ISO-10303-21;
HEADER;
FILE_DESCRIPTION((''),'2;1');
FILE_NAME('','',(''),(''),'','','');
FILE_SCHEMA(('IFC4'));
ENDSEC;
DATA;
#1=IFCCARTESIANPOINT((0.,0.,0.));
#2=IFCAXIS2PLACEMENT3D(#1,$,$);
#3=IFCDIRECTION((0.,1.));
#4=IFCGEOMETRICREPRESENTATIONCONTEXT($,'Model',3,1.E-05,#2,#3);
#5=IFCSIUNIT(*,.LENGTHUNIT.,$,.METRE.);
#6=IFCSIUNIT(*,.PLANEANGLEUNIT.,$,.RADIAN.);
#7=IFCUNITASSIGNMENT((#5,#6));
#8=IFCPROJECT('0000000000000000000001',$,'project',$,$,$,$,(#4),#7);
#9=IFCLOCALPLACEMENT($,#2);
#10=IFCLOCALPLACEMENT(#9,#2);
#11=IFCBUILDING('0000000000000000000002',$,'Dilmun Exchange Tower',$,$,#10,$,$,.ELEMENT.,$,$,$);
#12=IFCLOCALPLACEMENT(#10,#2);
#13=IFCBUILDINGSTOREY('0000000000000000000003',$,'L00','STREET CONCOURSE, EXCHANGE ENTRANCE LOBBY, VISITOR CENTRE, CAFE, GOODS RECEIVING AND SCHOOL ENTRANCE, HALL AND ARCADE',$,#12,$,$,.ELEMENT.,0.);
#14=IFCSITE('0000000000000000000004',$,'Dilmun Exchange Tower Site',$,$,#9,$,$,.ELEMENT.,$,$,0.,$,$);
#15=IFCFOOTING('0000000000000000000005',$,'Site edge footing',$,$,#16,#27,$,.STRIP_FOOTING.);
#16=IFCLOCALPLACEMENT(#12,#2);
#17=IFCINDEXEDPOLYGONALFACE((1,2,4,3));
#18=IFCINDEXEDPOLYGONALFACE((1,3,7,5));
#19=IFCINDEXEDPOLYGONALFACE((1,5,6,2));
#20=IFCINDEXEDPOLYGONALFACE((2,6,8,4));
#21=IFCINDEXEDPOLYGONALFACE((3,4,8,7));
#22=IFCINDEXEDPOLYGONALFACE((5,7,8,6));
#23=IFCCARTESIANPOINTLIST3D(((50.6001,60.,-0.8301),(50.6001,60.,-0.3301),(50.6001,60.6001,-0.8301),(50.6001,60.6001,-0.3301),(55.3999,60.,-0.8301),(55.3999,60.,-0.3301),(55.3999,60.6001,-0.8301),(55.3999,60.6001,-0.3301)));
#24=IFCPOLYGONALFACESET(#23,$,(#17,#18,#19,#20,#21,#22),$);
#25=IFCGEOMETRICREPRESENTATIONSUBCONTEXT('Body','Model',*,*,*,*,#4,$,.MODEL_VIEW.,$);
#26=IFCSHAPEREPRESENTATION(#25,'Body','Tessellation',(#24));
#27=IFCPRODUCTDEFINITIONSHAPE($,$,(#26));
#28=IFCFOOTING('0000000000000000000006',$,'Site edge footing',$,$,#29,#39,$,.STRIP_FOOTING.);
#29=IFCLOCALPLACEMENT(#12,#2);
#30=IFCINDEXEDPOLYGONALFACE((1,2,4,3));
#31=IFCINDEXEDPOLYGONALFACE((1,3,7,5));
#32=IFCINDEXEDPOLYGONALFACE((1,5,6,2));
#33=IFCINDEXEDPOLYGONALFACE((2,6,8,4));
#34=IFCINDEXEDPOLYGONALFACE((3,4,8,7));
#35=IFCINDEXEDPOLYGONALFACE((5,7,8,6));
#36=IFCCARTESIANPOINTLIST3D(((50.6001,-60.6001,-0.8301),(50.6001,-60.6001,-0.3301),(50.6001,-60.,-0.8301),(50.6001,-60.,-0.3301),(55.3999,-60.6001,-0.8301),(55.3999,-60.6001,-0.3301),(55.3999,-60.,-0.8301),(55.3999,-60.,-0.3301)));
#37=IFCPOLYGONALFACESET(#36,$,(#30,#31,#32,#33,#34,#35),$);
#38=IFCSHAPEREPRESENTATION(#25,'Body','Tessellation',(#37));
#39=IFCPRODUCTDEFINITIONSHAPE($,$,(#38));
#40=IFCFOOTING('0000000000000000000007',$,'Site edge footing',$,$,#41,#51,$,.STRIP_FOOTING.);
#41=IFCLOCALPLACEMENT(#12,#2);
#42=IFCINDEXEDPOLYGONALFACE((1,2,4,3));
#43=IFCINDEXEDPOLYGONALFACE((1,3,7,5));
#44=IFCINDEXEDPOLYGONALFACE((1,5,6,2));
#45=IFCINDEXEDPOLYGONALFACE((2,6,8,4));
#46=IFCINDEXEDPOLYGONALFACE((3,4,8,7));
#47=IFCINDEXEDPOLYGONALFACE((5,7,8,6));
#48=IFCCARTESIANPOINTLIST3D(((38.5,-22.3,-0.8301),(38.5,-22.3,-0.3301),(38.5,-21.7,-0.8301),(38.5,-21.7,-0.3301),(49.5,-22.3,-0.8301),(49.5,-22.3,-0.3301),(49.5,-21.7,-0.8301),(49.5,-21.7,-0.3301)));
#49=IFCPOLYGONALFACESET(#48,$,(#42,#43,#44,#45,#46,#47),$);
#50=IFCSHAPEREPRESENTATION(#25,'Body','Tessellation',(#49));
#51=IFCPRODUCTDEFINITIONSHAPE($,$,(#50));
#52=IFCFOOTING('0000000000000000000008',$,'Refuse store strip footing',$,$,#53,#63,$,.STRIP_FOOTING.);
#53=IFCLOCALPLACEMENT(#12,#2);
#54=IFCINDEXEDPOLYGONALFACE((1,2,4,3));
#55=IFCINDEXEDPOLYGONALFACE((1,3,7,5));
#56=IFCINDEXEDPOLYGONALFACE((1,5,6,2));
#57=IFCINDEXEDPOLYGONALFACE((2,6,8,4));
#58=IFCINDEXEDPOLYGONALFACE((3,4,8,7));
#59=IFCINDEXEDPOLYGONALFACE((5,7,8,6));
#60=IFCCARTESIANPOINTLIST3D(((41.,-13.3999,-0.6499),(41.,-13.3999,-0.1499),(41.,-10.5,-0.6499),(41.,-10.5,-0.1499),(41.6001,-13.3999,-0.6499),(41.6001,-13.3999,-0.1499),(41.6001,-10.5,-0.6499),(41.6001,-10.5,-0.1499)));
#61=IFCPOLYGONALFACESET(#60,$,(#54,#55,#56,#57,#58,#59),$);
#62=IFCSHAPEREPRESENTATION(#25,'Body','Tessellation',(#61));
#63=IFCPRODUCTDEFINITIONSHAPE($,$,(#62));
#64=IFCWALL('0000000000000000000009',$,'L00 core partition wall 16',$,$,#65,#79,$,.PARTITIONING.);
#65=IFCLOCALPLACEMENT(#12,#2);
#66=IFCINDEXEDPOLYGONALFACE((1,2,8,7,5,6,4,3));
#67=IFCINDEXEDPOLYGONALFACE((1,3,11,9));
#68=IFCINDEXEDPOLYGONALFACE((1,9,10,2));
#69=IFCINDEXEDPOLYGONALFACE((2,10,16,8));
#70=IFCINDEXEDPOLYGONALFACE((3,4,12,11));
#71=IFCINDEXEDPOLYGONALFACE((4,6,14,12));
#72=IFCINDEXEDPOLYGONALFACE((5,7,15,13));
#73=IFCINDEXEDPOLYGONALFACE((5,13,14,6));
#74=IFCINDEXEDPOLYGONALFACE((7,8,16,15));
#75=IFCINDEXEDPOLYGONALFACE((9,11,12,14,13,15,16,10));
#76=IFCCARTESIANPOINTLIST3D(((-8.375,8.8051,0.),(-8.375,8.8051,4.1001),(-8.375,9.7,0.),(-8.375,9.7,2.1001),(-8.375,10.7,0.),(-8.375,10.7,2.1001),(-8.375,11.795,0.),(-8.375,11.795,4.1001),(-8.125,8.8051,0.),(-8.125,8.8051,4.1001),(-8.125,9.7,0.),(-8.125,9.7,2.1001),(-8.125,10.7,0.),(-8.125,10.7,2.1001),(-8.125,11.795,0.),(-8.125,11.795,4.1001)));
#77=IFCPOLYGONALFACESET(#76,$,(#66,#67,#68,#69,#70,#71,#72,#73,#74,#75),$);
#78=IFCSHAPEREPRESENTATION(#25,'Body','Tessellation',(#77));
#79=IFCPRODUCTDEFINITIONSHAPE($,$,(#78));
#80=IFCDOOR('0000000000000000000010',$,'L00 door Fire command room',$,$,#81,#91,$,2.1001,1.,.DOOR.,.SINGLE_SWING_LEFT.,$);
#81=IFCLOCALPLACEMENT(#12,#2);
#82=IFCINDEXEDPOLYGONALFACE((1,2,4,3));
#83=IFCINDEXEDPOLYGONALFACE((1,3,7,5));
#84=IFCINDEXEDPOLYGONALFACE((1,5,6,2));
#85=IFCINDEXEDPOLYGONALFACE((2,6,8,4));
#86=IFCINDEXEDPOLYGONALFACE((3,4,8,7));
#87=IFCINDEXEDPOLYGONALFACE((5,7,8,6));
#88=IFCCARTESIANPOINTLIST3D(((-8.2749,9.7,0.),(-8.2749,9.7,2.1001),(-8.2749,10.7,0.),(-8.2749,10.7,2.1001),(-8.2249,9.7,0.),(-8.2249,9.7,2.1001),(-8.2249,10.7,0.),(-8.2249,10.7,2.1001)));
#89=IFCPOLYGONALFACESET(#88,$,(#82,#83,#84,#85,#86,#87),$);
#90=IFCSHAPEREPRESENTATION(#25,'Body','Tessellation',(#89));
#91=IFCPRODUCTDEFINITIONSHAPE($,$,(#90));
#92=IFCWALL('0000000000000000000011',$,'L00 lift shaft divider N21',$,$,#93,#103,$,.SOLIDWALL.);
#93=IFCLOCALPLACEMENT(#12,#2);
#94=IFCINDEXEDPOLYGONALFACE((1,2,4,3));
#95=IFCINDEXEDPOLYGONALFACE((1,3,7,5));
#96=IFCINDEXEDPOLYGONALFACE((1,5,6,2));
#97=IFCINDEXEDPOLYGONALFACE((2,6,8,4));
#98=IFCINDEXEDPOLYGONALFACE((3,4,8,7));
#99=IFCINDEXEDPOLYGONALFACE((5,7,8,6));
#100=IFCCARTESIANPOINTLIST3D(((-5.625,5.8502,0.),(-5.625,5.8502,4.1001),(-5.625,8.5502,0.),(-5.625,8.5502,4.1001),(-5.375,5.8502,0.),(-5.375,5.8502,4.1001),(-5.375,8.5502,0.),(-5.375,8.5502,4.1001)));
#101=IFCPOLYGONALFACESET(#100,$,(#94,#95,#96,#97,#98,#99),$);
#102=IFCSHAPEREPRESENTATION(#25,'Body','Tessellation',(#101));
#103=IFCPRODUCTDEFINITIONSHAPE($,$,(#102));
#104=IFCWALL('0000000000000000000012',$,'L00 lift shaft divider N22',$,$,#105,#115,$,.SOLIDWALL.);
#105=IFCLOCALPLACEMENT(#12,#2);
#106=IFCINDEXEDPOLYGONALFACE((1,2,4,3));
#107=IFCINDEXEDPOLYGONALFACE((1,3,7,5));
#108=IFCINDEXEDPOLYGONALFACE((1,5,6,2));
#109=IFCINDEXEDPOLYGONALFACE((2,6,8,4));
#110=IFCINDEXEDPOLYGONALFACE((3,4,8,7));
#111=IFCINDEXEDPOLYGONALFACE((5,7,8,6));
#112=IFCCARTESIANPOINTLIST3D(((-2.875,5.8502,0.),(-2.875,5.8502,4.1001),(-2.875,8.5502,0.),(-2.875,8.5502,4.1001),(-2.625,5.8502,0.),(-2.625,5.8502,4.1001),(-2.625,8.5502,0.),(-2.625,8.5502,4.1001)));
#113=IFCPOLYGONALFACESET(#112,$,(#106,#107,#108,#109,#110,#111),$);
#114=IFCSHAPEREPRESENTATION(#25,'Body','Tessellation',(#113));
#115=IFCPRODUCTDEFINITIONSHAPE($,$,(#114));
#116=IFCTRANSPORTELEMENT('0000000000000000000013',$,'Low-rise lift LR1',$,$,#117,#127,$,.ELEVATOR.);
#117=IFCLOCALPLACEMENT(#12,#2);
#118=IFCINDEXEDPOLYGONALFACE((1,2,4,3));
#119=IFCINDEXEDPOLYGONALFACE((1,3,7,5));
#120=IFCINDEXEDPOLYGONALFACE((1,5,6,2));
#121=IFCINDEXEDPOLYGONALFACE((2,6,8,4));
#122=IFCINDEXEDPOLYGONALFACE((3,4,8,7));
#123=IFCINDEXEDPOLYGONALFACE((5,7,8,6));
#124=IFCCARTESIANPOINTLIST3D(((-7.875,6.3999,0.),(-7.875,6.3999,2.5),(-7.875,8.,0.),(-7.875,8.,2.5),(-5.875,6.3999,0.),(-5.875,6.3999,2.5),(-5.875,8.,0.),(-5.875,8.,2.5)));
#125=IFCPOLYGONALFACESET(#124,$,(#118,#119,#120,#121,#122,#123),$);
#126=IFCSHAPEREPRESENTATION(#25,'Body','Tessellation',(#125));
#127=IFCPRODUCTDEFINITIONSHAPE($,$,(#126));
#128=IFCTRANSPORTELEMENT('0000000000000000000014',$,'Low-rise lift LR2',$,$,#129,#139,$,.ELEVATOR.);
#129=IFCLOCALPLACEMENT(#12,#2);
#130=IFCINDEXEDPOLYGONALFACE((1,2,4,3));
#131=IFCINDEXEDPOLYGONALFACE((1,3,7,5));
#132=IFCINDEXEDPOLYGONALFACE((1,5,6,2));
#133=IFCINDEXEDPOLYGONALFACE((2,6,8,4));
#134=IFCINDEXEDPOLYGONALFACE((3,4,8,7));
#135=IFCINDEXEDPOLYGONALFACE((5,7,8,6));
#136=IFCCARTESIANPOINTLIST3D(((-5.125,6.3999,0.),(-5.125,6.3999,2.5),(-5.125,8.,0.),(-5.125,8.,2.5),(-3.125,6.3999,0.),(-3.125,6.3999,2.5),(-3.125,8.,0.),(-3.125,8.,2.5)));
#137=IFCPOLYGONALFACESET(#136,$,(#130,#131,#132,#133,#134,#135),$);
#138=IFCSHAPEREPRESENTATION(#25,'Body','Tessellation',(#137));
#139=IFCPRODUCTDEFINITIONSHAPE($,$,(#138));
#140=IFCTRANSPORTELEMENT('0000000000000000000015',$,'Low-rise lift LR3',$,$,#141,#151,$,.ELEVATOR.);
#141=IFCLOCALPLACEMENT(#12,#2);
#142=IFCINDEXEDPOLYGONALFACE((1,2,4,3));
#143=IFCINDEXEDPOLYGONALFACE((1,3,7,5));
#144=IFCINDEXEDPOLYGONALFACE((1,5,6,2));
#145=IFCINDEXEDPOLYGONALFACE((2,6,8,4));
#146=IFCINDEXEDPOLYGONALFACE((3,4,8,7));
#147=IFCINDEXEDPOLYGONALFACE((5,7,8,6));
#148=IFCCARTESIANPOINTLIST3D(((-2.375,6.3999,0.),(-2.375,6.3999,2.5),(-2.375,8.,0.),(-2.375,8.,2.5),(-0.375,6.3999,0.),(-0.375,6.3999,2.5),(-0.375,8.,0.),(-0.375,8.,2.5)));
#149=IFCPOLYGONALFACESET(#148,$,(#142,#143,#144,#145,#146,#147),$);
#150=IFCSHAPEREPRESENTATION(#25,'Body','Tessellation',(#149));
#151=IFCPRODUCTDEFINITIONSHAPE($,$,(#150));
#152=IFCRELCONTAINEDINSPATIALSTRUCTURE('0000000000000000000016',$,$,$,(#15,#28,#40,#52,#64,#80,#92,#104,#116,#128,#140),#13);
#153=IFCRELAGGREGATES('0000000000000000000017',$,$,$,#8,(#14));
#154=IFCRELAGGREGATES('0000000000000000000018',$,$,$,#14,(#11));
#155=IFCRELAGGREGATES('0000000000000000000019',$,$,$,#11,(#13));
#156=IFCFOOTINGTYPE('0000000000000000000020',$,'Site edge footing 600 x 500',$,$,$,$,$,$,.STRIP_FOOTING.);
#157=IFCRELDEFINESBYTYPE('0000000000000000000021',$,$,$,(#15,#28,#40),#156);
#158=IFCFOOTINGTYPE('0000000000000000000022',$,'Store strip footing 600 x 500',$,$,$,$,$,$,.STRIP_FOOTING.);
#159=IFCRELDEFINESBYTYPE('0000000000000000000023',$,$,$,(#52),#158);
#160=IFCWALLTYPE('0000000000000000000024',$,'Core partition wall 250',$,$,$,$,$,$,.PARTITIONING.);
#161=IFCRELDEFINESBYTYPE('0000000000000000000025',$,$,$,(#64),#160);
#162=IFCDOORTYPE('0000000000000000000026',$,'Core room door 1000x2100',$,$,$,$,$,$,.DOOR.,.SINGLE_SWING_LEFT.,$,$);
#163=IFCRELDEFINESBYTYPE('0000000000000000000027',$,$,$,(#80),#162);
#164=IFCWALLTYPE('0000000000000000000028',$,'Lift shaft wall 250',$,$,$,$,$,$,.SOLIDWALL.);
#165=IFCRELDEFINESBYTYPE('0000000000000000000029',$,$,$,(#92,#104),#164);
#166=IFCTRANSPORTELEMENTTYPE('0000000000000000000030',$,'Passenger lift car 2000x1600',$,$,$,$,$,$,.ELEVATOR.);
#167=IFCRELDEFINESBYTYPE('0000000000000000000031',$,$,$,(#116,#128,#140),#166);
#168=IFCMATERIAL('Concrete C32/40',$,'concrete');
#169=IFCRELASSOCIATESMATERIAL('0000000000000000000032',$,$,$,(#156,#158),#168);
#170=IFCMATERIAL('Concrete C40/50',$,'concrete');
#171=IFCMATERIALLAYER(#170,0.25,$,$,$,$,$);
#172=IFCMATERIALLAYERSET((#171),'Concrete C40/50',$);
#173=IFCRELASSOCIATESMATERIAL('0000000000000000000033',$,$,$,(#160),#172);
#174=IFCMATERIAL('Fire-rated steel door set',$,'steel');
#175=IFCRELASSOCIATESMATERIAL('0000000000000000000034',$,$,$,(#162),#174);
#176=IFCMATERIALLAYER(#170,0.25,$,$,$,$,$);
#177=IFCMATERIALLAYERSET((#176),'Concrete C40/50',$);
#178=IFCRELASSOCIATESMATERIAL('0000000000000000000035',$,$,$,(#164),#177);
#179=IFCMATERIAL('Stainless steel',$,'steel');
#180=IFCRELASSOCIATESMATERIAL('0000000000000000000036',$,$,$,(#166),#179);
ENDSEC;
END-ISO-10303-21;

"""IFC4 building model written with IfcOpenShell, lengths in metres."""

from ifc_helpers import new_model, si_unit, direction, frame, frame_2d, origin, origin_2d, place, context, subcontext, project, spatial, polyline, rectangle, outline, extrude, material, layer, layer_set, type_object, element, fill, save


model = new_model("IFC4")

# Units and contexts
model_context = context("Model", 3, precision=1e-05, world=origin(), true_north=direction((0.0, 1.0)))
body_context = subcontext(model_context, "Body", "Model", "MODEL_VIEW")
ifc_project = project(units=[si_unit("LENGTHUNIT", "METRE"), si_unit("PLANEANGLEUNIT", "RADIAN")], contexts=[model_context])

# Site, building, storey
site_placement = place(None, origin())
site = spatial("IfcSite", under=ifc_project, at=site_placement, Name="Dilmun Exchange Tower Site", CompositionType="ELEMENT", RefElevation=0.0)
building_placement = place(site_placement, origin())
building = spatial("IfcBuilding", under=site, at=building_placement, Name="Dilmun Exchange Tower", CompositionType="ELEMENT")
storey_placement = place(building_placement, origin())
storey = spatial("IfcBuildingStorey", under=building, at=storey_placement, Name="L00", Description="STREET CONCOURSE, EXCHANGE ENTRANCE LOBBY, VISITOR CENTRE, CAFE, GOODS RECEIVING AND SCHOOL ENTRANCE, HALL AND ARCADE", CompositionType="ELEMENT", Elevation=0.0)

# Footings
ifc_material_1 = material(Name="Concrete C32/40", Category="concrete")
footing_type_1 = type_object("IfcFootingType", Name="Site edge footing 600 x 500", PredefinedType="STRIP_FOOTING", material=ifc_material_1)
footing_1_placement = place(storey_placement, frame((0.0, 0.0, -0.8301)))
element("IfcFooting", 1, at=footing_1_placement, inside=storey, type_object=footing_type_1, Name="Site edge footing", PredefinedType="STRIP_FOOTING", context=body_context, shape_type="SweptSolid", body=[
    extrude(outline(polyline([(55.3999, 60.6001), (55.3999, 60.0), (50.6001, 60.0), (50.6001, 60.6001), (55.3999, 60.6001)])), origin(), (0.0, 0.0, 1.0), 0.5),
])
footing_2_placement = place(storey_placement, frame((0.0, 0.0, -0.8301)))
element("IfcFooting", 2, at=footing_2_placement, inside=storey, type_object=footing_type_1, Name="Site edge footing", PredefinedType="STRIP_FOOTING", context=body_context, shape_type="SweptSolid", body=[
    extrude(outline(polyline([(55.3999, -60.0), (55.3999, -60.6001), (50.6001, -60.6001), (50.6001, -60.0), (55.3999, -60.0)])), origin(), (0.0, 0.0, 1.0), 0.5),
])
footing_3_placement = place(storey_placement, frame((0.0, 0.0, -0.8301)))
element("IfcFooting", 3, at=footing_3_placement, inside=storey, type_object=footing_type_1, Name="Site edge footing", PredefinedType="STRIP_FOOTING", context=body_context, shape_type="SweptSolid", body=[
    extrude(outline(polyline([(49.5, -21.7), (49.5, -22.3), (38.5, -22.3), (38.5, -21.7), (49.5, -21.7)])), origin(), (0.0, 0.0, 1.0), 0.5),
])
footing_type_2 = type_object("IfcFootingType", Name="Store strip footing 600 x 500", PredefinedType="STRIP_FOOTING", material=ifc_material_1)
footing_4_placement = place(storey_placement, frame((0.0, 0.0, -0.6499)))
element("IfcFooting", 4, at=footing_4_placement, inside=storey, type_object=footing_type_2, Name="Refuse store strip footing", PredefinedType="STRIP_FOOTING", context=body_context, shape_type="SweptSolid", body=[
    extrude(outline(polyline([(41.0, -13.3999), (41.0, -10.5), (41.6001, -10.5), (41.6001, -13.3999), (41.0, -13.3999)])), origin(), (0.0, 0.0, 1.0), 0.5),
])

# Wall, opening, door
ifc_material_2 = material(Name="Concrete C40/50", Category="concrete")
ifc_layer_1 = layer(ifc_material_2, 0.25)
ifc_layer_set_1 = layer_set([ifc_layer_1], Name="Concrete C40/50")
wall_type_1 = type_object("IfcWallType", Name="Core partition wall 250", PredefinedType="PARTITIONING", material=ifc_layer_set_1)
wall_placement = place(storey_placement, frame((-8.25, 8.8049, 0.0), z_axis=(0.0, 0.0, 1.0), x_axis=(0.0, 1.0, 0.0)))
wall = element("IfcWall", 5, at=wall_placement, inside=storey, type_object=wall_type_1, Name="L00 core partition wall 16", PredefinedType="PARTITIONING", context=body_context, shape_type="SweptSolid", body=[
    extrude(rectangle(XDim=2.99, YDim=0.25, at=frame_2d((1.4951, 0.0))), origin(), (0.0, 0.0, 1.0), 4.1001),
])
opening_placement = place(wall_placement, frame((0.895, 0.0, 0.0)))
opening = element("IfcOpeningElement", 6, at=opening_placement, cuts=wall, PredefinedType="OPENING", context=body_context, shape_type="SweptSolid", body=[
    extrude(rectangle(XDim=1.0, YDim=2.1001, at=frame_2d((0.5, 1.05))), frame((0.0, 0.135, 0.0), z_axis=(0.0, -1.0, 0.0), x_axis=(1.0, 0.0, 0.0)), (0.0, 0.0, 1.0), 0.27),
])
ifc_material_3 = material(Name="Fire-rated steel door set", Category="steel")
door_type = type_object("IfcDoorType", Name="Core room door 1000x2100", OperationType="SINGLE_SWING_LEFT", PredefinedType="DOOR", material=ifc_material_3)
door_placement = place(opening_placement, origin())
door = element("IfcDoor", 7, at=door_placement, inside=storey, type_object=door_type, Name="L00 door Fire command room", OperationType="SINGLE_SWING_LEFT", OverallHeight=2.1001, OverallWidth=1.0, PredefinedType="DOOR", context=body_context, shape_type="SweptSolid", body=[
    extrude(rectangle(XDim=1.0, YDim=2.1001, at=frame_2d((0.5, 1.05))), frame((0.0, 0.0249, 0.0), z_axis=(0.0, -1.0, 0.0), x_axis=(1.0, 0.0, 0.0)), (0.0, 0.0, 1.0), 0.05),
])
fill(opening, door)

# Walls
ifc_layer_2 = layer(ifc_material_2, 0.25)
ifc_layer_set_2 = layer_set([ifc_layer_2], Name="Concrete C40/50")
wall_type_2 = type_object("IfcWallType", Name="Lift shaft wall 250", PredefinedType="SOLIDWALL", material=ifc_layer_set_2)
for number, where, z_axis, x_axis, name in (
    (8, (-5.5, 5.8501, 0.0), (0.0, 0.0, 1.0), (0.0, 1.0, 0.0), "L00 lift shaft divider N21"),
    (9, (-2.75, 5.8501, 0.0), (0.0, 0.0, 1.0), (0.0, 1.0, 0.0), "L00 lift shaft divider N22"),
):
    element("IfcWall", number, at=place(storey_placement, frame(where, z_axis=z_axis, x_axis=x_axis)), inside=storey, type_object=wall_type_2, Name=name, PredefinedType="SOLIDWALL", context=body_context, shape_type="SweptSolid", body=[
        extrude(rectangle(XDim=2.7, YDim=0.25, at=frame_2d((1.3501, 0.0))), origin(), (0.0, 0.0, 1.0), 4.1001),
    ])

# Transport elements
ifc_material_4 = material(Name="Stainless steel", Category="steel")
transport_element_type = type_object("IfcTransportElementType", Name="Passenger lift car 2000x1600", PredefinedType="ELEVATOR", material=ifc_material_4)
for number, where, z_axis, x_axis, name in (
    (10, (-6.875, 7.2, 0.0), (0.0, 0.0, 1.0), (1.0, 0.0, 0.0), "Low-rise lift LR1"),
    (11, (-4.125, 7.2, 0.0), (0.0, 0.0, 1.0), (1.0, 0.0, 0.0), "Low-rise lift LR2"),
    (12, (-1.375, 7.2, 0.0), (0.0, 0.0, 1.0), (1.0, 0.0, 0.0), "Low-rise lift LR3"),
):
    element("IfcTransportElement", number, at=place(storey_placement, frame(where, z_axis=z_axis, x_axis=x_axis)), inside=storey, type_object=transport_element_type, Name=name, PredefinedType="ELEVATOR", context=body_context, shape_type="SweptSolid", body=[
        extrude(rectangle(XDim=2.0, YDim=1.6001, at=origin_2d()), origin(), (0.0, 0.0, 1.0), 2.5),
    ])

save(model, "model.ifc")
